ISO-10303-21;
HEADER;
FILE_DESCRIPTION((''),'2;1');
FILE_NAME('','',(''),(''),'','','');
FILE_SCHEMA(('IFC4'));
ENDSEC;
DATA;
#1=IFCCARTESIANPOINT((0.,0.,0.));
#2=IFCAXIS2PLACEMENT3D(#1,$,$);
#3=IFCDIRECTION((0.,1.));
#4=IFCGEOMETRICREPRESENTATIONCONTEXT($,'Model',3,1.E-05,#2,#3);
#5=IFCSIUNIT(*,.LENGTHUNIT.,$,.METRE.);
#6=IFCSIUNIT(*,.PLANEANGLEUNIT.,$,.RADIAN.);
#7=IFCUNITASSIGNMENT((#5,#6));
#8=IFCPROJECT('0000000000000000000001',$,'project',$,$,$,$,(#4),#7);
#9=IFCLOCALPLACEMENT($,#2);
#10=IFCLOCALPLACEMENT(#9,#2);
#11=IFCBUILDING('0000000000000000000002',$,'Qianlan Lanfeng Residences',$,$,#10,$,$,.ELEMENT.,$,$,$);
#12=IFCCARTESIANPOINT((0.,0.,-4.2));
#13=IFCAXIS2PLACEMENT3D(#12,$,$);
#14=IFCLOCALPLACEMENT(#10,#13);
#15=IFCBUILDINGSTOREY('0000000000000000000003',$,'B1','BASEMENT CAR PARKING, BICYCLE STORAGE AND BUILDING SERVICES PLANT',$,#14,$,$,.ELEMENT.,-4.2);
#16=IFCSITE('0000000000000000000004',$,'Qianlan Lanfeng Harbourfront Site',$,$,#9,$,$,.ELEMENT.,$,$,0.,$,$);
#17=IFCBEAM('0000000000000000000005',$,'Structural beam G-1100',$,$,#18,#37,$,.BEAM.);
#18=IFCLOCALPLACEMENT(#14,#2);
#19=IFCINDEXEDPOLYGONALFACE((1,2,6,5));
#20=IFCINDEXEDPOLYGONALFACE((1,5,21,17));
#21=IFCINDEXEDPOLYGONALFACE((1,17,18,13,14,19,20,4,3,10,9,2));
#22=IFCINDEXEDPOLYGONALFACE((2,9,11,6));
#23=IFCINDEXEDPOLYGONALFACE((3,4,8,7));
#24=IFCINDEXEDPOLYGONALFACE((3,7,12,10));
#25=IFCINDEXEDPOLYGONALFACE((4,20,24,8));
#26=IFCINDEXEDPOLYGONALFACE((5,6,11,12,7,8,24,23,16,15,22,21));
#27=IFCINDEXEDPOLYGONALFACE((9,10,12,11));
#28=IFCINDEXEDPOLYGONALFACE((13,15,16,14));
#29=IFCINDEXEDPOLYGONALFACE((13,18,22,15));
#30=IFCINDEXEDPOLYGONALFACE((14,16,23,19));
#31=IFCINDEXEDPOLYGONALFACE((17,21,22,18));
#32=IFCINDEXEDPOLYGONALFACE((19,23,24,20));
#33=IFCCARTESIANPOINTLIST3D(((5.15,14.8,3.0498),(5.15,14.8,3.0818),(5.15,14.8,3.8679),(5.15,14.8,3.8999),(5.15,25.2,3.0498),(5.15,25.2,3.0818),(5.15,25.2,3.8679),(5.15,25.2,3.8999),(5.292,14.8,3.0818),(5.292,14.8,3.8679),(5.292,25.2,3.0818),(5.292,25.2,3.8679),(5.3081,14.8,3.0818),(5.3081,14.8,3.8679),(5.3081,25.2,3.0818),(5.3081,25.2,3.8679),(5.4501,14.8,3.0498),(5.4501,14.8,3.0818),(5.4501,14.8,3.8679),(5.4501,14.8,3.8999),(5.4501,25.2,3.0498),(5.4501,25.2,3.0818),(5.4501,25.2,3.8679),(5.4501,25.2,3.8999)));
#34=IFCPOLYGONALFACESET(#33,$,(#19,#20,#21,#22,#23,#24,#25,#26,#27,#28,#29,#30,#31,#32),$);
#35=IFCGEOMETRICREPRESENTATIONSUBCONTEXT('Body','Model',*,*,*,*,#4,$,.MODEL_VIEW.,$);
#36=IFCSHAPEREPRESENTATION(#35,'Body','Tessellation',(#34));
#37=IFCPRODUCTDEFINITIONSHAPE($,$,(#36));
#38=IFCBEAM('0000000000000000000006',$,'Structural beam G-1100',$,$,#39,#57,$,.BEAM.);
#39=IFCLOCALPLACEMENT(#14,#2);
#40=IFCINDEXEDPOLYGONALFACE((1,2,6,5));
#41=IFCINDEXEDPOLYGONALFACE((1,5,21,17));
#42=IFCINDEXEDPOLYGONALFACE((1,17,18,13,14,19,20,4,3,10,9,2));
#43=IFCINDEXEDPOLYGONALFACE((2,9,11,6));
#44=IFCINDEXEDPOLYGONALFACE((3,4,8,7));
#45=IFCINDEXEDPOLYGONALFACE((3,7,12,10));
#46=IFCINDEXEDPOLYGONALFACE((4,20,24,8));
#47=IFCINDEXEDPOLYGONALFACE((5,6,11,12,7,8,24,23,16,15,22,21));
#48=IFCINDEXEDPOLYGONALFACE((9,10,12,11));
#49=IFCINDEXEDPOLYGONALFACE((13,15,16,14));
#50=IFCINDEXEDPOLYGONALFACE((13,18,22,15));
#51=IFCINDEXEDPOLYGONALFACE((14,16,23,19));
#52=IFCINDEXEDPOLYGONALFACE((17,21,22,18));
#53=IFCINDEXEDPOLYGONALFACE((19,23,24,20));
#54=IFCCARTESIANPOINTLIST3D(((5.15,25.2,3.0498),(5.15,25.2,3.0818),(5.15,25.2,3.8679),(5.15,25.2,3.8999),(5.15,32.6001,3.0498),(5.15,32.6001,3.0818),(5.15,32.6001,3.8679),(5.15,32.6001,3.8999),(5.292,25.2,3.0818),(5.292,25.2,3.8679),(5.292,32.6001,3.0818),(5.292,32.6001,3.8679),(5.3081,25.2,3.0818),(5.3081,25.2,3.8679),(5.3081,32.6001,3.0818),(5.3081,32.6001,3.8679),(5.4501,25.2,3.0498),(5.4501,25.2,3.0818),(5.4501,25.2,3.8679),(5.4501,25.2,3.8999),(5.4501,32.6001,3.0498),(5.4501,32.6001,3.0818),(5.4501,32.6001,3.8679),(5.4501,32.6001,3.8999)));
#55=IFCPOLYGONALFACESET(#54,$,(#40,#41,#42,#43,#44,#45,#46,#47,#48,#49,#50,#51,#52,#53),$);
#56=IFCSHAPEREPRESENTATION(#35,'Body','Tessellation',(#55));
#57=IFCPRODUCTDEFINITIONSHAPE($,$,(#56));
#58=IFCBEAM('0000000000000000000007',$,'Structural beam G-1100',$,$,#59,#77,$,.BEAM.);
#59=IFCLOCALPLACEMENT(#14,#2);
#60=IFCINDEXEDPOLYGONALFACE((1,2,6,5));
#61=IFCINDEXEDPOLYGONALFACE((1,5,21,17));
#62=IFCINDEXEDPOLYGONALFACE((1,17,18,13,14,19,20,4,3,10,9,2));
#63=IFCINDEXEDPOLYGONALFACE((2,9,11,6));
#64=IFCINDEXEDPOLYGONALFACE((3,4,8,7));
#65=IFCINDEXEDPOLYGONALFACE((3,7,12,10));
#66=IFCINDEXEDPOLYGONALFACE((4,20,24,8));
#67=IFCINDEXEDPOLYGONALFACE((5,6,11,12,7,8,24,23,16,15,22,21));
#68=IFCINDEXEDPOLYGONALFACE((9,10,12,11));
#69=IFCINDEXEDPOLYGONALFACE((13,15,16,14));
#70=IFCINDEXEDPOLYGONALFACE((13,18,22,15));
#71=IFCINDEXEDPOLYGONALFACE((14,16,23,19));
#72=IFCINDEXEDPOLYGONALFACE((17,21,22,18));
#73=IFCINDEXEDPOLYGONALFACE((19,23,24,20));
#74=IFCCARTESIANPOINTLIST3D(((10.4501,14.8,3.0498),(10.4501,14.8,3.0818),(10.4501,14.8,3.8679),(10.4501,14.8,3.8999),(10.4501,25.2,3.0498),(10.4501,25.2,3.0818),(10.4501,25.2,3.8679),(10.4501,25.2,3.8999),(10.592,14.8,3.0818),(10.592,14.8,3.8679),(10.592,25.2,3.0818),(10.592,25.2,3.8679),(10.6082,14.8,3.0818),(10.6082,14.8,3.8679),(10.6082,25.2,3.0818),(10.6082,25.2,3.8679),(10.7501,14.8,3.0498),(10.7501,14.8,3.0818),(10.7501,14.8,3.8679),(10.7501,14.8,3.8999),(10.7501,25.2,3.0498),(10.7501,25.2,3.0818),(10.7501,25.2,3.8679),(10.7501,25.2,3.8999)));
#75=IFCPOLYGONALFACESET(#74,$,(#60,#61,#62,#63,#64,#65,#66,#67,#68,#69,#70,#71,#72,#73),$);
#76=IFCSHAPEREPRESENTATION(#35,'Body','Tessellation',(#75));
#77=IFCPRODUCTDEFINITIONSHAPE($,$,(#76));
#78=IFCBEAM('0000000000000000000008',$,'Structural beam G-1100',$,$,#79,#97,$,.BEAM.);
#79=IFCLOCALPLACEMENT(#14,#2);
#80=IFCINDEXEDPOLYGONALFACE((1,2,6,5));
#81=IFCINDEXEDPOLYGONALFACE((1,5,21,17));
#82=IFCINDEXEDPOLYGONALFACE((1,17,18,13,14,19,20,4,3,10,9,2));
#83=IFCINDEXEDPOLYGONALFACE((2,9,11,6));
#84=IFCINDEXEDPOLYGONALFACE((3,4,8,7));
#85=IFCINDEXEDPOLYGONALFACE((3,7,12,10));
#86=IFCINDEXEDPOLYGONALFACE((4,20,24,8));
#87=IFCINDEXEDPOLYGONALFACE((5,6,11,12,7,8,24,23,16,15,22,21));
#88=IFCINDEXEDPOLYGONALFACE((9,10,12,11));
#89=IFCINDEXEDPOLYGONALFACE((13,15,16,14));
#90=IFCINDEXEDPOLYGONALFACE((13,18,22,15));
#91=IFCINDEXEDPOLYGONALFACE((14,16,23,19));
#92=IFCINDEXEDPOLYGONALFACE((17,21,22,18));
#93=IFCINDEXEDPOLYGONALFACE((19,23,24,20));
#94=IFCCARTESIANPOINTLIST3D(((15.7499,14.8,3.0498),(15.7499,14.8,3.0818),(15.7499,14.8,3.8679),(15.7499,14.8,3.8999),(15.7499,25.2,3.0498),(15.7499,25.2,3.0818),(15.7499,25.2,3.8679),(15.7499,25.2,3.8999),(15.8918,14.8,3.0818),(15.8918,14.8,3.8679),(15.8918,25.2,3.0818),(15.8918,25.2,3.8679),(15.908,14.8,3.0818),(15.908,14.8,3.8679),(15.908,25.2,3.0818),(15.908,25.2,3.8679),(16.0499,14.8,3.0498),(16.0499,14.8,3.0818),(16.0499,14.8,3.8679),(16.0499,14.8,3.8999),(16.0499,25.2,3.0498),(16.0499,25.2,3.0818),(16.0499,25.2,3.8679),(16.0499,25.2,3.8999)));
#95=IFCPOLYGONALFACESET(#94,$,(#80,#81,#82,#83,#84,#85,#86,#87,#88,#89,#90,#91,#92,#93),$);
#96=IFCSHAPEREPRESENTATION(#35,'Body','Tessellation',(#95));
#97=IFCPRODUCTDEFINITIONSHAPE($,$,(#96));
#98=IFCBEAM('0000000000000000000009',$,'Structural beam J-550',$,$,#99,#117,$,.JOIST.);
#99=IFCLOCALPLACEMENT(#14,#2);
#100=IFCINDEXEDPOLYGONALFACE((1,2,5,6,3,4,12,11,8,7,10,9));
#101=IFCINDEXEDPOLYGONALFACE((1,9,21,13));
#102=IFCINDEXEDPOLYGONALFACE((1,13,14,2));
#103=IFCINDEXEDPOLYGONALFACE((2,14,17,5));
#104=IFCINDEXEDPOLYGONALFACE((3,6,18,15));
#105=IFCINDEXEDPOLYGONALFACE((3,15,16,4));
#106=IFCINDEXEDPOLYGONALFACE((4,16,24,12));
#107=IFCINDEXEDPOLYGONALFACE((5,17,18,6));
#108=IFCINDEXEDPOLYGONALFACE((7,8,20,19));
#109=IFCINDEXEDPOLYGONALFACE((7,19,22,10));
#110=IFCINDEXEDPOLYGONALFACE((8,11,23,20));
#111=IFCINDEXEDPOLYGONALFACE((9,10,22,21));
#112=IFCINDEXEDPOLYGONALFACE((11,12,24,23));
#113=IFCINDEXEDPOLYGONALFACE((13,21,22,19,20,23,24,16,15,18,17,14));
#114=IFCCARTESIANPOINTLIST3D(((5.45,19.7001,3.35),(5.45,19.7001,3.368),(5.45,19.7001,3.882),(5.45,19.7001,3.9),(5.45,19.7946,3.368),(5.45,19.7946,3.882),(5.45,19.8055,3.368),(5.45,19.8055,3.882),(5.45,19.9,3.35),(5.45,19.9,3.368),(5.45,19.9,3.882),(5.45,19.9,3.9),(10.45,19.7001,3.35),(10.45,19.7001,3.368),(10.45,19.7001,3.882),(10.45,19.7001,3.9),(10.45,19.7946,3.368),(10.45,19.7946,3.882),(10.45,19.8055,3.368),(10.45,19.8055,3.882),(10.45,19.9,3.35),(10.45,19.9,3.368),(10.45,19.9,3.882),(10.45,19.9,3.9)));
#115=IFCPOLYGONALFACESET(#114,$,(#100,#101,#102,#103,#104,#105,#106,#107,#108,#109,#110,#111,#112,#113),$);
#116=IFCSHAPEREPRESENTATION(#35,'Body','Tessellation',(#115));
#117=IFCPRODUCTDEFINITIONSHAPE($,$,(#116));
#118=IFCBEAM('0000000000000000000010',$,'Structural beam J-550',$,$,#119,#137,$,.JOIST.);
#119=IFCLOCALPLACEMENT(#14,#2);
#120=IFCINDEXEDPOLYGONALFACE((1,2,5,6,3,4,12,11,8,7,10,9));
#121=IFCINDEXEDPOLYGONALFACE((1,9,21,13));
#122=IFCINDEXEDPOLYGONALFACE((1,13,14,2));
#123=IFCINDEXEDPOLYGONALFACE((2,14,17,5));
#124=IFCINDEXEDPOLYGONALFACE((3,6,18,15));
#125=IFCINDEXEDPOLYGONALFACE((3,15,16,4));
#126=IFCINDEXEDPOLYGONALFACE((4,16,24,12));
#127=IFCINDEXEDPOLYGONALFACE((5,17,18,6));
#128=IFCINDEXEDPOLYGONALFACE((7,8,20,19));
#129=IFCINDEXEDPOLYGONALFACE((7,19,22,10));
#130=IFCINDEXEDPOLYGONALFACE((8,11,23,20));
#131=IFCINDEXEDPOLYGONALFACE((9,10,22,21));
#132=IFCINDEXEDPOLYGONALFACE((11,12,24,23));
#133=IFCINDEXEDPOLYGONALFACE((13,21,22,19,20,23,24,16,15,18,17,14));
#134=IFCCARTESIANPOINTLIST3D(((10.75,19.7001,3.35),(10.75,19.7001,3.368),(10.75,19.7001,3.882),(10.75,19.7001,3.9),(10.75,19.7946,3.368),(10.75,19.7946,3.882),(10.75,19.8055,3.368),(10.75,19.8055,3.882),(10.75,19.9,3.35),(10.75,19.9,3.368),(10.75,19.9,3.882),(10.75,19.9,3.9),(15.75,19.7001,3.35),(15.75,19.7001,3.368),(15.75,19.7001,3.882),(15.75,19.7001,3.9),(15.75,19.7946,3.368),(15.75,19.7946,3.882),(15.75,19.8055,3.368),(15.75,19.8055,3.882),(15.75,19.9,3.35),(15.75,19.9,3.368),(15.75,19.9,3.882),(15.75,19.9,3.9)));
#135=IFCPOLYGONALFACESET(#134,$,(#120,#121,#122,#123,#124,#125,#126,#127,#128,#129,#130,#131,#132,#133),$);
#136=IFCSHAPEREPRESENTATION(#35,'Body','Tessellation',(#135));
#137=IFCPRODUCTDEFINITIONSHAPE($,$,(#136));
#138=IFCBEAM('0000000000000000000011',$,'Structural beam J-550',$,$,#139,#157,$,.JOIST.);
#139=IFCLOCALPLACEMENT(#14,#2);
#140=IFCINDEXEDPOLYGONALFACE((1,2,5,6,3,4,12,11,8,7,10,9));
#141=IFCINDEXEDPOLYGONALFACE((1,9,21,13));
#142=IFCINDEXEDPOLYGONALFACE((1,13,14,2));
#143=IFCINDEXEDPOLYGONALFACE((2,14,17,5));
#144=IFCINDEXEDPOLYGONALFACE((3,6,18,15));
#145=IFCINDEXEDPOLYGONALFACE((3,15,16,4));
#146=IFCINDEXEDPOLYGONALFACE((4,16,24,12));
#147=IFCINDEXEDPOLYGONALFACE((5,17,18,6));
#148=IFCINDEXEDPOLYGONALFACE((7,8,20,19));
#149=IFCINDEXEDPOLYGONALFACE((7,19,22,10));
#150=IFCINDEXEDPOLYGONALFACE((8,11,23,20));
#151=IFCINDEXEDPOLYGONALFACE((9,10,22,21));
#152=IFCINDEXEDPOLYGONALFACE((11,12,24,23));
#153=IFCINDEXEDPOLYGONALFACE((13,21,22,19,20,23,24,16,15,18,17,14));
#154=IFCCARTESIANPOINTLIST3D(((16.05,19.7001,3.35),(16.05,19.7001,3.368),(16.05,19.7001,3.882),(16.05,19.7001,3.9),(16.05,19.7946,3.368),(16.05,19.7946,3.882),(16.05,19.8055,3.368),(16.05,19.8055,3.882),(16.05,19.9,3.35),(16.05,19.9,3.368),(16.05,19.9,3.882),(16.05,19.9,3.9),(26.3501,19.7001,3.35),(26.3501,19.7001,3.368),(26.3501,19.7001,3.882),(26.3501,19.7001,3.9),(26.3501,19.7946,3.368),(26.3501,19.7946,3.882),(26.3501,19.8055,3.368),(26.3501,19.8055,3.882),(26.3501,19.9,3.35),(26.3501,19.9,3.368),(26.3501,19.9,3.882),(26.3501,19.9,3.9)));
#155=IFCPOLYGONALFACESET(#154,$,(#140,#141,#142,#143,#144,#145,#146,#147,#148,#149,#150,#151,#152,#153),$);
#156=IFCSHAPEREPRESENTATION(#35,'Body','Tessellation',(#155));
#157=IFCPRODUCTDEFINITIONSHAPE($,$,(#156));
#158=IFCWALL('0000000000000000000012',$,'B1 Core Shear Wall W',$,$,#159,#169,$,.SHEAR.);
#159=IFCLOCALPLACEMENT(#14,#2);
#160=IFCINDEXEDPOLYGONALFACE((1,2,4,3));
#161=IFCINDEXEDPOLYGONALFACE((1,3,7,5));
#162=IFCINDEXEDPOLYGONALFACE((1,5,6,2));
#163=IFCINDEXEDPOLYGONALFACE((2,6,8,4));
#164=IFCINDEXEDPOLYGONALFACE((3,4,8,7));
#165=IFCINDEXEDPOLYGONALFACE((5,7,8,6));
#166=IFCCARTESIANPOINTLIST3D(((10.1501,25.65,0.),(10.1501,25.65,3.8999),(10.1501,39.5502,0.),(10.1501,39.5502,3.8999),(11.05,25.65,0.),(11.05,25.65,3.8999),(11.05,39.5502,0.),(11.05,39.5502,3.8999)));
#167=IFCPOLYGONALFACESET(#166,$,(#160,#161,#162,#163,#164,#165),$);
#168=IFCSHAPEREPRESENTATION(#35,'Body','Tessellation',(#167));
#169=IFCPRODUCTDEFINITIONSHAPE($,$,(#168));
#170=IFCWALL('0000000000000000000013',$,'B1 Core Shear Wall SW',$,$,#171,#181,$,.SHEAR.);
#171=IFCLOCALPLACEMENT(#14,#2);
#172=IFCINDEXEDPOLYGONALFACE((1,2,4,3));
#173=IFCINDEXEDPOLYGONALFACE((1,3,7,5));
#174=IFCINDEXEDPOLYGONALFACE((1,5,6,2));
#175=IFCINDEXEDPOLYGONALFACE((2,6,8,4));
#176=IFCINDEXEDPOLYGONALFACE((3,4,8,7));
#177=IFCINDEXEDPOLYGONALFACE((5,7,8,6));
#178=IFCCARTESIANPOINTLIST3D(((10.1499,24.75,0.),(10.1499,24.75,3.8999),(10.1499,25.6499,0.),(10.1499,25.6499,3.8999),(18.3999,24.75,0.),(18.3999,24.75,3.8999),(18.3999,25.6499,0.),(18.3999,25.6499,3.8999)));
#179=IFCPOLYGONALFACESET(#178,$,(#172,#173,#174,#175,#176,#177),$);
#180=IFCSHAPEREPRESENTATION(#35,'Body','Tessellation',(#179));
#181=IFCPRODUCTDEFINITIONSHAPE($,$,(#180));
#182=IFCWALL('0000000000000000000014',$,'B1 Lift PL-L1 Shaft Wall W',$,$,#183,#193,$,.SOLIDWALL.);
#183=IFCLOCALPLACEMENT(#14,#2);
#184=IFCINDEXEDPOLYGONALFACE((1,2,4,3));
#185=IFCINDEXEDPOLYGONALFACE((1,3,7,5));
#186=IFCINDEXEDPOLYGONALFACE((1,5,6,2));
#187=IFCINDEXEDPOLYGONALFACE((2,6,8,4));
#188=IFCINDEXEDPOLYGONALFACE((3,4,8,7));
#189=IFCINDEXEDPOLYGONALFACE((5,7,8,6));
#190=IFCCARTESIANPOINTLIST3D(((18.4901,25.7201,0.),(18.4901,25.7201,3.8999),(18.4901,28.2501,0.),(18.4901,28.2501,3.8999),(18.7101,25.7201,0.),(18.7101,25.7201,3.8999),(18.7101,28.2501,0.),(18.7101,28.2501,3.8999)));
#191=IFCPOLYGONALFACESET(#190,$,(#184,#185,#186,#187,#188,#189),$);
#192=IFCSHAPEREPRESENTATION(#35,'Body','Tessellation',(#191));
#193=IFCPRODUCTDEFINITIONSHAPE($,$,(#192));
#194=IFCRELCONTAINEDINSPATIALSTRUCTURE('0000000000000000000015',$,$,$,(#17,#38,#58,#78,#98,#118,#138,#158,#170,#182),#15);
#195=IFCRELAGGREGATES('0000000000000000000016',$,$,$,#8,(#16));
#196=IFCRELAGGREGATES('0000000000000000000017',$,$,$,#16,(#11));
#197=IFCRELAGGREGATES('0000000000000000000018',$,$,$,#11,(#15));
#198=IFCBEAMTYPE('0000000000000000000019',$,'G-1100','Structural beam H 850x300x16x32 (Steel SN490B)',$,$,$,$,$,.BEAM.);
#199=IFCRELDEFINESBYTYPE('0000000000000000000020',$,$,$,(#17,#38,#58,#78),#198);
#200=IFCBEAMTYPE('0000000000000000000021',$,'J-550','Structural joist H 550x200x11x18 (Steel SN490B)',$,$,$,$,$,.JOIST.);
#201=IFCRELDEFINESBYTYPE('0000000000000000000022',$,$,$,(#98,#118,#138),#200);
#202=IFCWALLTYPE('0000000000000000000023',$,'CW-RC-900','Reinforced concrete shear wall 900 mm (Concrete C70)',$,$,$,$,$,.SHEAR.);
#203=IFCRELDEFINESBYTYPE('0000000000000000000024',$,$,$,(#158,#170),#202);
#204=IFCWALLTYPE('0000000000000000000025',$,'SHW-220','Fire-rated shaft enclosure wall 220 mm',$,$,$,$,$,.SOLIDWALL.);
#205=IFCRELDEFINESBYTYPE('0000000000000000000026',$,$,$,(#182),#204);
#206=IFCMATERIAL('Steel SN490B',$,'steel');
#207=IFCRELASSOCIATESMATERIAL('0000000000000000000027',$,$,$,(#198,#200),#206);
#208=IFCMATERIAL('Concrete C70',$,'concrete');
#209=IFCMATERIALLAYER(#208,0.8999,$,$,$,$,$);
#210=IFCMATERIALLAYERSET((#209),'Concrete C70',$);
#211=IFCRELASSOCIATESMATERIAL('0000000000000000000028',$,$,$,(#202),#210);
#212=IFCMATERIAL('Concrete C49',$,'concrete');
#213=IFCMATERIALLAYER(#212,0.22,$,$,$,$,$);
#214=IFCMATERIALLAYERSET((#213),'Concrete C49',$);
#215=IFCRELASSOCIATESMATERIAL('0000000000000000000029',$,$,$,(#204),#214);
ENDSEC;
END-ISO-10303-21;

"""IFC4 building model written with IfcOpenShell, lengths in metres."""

from ifc_helpers import new_model, si_unit, direction, frame, frame_2d, origin, origin_2d, place, context, subcontext, project, spatial, rectangle, i_section, extrude, material, layer, layer_set, material_profile, profile_set, type_object, element, save


model = new_model("IFC4")

# Units and contexts
model_context = context("Model", 3, precision=1e-05, world=origin(), true_north=direction((0.0, 1.0)))
body_context = subcontext(model_context, "Body", "Model", "MODEL_VIEW")
ifc_project = project(units=[si_unit("LENGTHUNIT", "METRE"), si_unit("PLANEANGLEUNIT", "RADIAN")], contexts=[model_context])

# Site, building, storey
site_placement = place(None, origin())
site = spatial("IfcSite", under=ifc_project, at=site_placement, Name="Qianlan Lanfeng Harbourfront Site", CompositionType="ELEMENT", RefElevation=0.0)
building_placement = place(site_placement, origin())
building = spatial("IfcBuilding", under=site, at=building_placement, Name="Qianlan Lanfeng Residences", CompositionType="ELEMENT")
storey_placement = place(building_placement, frame((0.0, 0.0, -4.2)))
storey = spatial("IfcBuildingStorey", under=building, at=storey_placement, Name="B1", Description="BASEMENT CAR PARKING, BICYCLE STORAGE AND BUILDING SERVICES PLANT", CompositionType="ELEMENT", Elevation=-4.2)

# Beams
ifc_material_1 = material(Name="Steel SN490B", Category="steel")
ifc_material_profile_1 = material_profile(ifc_material_1, i_section(OverallWidth=0.3, OverallDepth=0.8501, WebThickness=0.0161, FlangeThickness=0.032, at=origin_2d()), Name="H 850x300x16x32")
ifc_profile_set_1 = profile_set([ifc_material_profile_1], Name="Steel SN490B")
beam_type_1 = type_object("IfcBeamType", Name="G-1100", Description="Structural beam H 850x300x16x32 (Steel SN490B)", PredefinedType="BEAM", material=ifc_profile_set_1)
beam_1_placement = place(storey_placement, frame((5.3, 14.8, 3.4749), z_axis=(0.0, 1.0, 0.0), x_axis=(-1.0, 0.0, 0.0)))
element("IfcBeam", 1, at=beam_1_placement, inside=storey, type_object=beam_type_1, Name="Structural beam G-1100", PredefinedType="BEAM", context=body_context, shape_type="SweptSolid", body=[
    extrude(i_section(OverallWidth=0.3, OverallDepth=0.8501, WebThickness=0.0161, FlangeThickness=0.032, at=origin_2d()), origin(), (0.0, 0.0, 1.0), 10.3999),
])
beam_2_placement = place(storey_placement, frame((5.3, 25.2, 3.4749), z_axis=(0.0, 1.0, 0.0), x_axis=(-1.0, 0.0, 0.0)))
element("IfcBeam", 2, at=beam_2_placement, inside=storey, type_object=beam_type_1, Name="Structural beam G-1100", PredefinedType="BEAM", context=body_context, shape_type="SweptSolid", body=[
    extrude(i_section(OverallWidth=0.3, OverallDepth=0.8501, WebThickness=0.0161, FlangeThickness=0.032, at=origin_2d()), origin(), (0.0, 0.0, 1.0), 7.4001),
])
for number, where, z_axis, x_axis, name in (
    (3, (10.6001, 14.8, 3.4749), (0.0, 1.0, 0.0), (-1.0, 0.0, 0.0), "Structural beam G-1100"),
    (4, (15.8999, 14.8, 3.4749), (0.0, 1.0, 0.0), (-1.0, 0.0, 0.0), "Structural beam G-1100"),
):
    element("IfcBeam", number, at=place(storey_placement, frame(where, z_axis=z_axis, x_axis=x_axis)), inside=storey, type_object=beam_type_1, Name=name, PredefinedType="BEAM", context=body_context, shape_type="SweptSolid", body=[
        extrude(i_section(OverallWidth=0.3, OverallDepth=0.8501, WebThickness=0.0161, FlangeThickness=0.032, at=origin_2d()), origin(), (0.0, 0.0, 1.0), 10.3999),
    ])
ifc_material_profile_2 = material_profile(ifc_material_1, i_section(OverallWidth=0.2, OverallDepth=0.55, WebThickness=0.011, FlangeThickness=0.0181, at=origin_2d()), Name="H 550x200x11x18")
ifc_profile_set_2 = profile_set([ifc_material_profile_2], Name="Steel SN490B")
beam_type_2 = type_object("IfcBeamType", Name="J-550", Description="Structural joist H 550x200x11x18 (Steel SN490B)", PredefinedType="JOIST", material=ifc_profile_set_2)
for number, where, z_axis, x_axis, name in (
    (5, (5.45, 19.8, 3.625), (1.0, 0.0, 0.0), (0.0, 1.0, 0.0), "Structural beam J-550"),
    (6, (10.75, 19.8, 3.625), (1.0, 0.0, 0.0), (0.0, 1.0, 0.0), "Structural beam J-550"),
):
    element("IfcBeam", number, at=place(storey_placement, frame(where, z_axis=z_axis, x_axis=x_axis)), inside=storey, type_object=beam_type_2, Name=name, PredefinedType="JOIST", context=body_context, shape_type="SweptSolid", body=[
        extrude(i_section(OverallWidth=0.2, OverallDepth=0.55, WebThickness=0.011, FlangeThickness=0.0181, at=origin_2d()), origin(), (0.0, 0.0, 1.0), 5.0),
    ])
beam_3_placement = place(storey_placement, frame((16.05, 19.8, 3.625), z_axis=(1.0, 0.0, 0.0), x_axis=(0.0, 1.0, 0.0)))
element("IfcBeam", 7, at=beam_3_placement, inside=storey, type_object=beam_type_2, Name="Structural beam J-550", PredefinedType="JOIST", context=body_context, shape_type="SweptSolid", body=[
    extrude(i_section(OverallWidth=0.2, OverallDepth=0.55, WebThickness=0.011, FlangeThickness=0.0181, at=origin_2d()), origin(), (0.0, 0.0, 1.0), 10.3),
])

# Walls
ifc_material_2 = material(Name="Concrete C70", Category="concrete")
ifc_layer_1 = layer(ifc_material_2, 0.8999)
ifc_layer_set_1 = layer_set([ifc_layer_1], Name="Concrete C70")
wall_type_1 = type_object("IfcWallType", Name="CW-RC-900", Description="Reinforced concrete shear wall 900 mm (Concrete C70)", PredefinedType="SHEAR", material=ifc_layer_set_1)
wall_1_placement = place(storey_placement, frame((10.6001, 25.6499, 0.0), z_axis=(0.0, 0.0, 1.0), x_axis=(0.0, 1.0, 0.0)))
element("IfcWall", 8, at=wall_1_placement, inside=storey, type_object=wall_type_1, Name="B1 Core Shear Wall W", PredefinedType="SHEAR", context=body_context, shape_type="SweptSolid", body=[
    extrude(rectangle(XDim=13.9001, YDim=0.8999, at=frame_2d((6.9502, 0.0))), origin(), (0.0, 0.0, 1.0), 3.8999),
])
wall_2_placement = place(storey_placement, frame((10.1499, 25.2, 0.0), z_axis=(0.0, 0.0, 1.0), x_axis=(1.0, 0.0, 0.0)))
element("IfcWall", 9, at=wall_2_placement, inside=storey, type_object=wall_type_1, Name="B1 Core Shear Wall SW", PredefinedType="SHEAR", context=body_context, shape_type="SweptSolid", body=[
    extrude(rectangle(XDim=8.25, YDim=0.8999, at=frame_2d((4.125, 0.0))), origin(), (0.0, 0.0, 1.0), 3.8999),
])
ifc_material_3 = material(Name="Concrete C49", Category="concrete")
ifc_layer_2 = layer(ifc_material_3, 0.22)
ifc_layer_set_2 = layer_set([ifc_layer_2], Name="Concrete C49")
wall_type_2 = type_object("IfcWallType", Name="SHW-220", Description="Fire-rated shaft enclosure wall 220 mm", PredefinedType="SOLIDWALL", material=ifc_layer_set_2)
wall_3_placement = place(storey_placement, frame((18.6001, 25.72, 0.0), z_axis=(0.0, 0.0, 1.0), x_axis=(0.0, 1.0, 0.0)))
element("IfcWall", 10, at=wall_3_placement, inside=storey, type_object=wall_type_2, Name="B1 Lift PL-L1 Shaft Wall W", PredefinedType="SOLIDWALL", context=body_context, shape_type="SweptSolid", body=[
    extrude(rectangle(XDim=2.53, YDim=0.22, at=frame_2d((1.2651, 0.0))), origin(), (0.0, 0.0, 1.0), 3.8999),
])

save(model, "model.ifc")
